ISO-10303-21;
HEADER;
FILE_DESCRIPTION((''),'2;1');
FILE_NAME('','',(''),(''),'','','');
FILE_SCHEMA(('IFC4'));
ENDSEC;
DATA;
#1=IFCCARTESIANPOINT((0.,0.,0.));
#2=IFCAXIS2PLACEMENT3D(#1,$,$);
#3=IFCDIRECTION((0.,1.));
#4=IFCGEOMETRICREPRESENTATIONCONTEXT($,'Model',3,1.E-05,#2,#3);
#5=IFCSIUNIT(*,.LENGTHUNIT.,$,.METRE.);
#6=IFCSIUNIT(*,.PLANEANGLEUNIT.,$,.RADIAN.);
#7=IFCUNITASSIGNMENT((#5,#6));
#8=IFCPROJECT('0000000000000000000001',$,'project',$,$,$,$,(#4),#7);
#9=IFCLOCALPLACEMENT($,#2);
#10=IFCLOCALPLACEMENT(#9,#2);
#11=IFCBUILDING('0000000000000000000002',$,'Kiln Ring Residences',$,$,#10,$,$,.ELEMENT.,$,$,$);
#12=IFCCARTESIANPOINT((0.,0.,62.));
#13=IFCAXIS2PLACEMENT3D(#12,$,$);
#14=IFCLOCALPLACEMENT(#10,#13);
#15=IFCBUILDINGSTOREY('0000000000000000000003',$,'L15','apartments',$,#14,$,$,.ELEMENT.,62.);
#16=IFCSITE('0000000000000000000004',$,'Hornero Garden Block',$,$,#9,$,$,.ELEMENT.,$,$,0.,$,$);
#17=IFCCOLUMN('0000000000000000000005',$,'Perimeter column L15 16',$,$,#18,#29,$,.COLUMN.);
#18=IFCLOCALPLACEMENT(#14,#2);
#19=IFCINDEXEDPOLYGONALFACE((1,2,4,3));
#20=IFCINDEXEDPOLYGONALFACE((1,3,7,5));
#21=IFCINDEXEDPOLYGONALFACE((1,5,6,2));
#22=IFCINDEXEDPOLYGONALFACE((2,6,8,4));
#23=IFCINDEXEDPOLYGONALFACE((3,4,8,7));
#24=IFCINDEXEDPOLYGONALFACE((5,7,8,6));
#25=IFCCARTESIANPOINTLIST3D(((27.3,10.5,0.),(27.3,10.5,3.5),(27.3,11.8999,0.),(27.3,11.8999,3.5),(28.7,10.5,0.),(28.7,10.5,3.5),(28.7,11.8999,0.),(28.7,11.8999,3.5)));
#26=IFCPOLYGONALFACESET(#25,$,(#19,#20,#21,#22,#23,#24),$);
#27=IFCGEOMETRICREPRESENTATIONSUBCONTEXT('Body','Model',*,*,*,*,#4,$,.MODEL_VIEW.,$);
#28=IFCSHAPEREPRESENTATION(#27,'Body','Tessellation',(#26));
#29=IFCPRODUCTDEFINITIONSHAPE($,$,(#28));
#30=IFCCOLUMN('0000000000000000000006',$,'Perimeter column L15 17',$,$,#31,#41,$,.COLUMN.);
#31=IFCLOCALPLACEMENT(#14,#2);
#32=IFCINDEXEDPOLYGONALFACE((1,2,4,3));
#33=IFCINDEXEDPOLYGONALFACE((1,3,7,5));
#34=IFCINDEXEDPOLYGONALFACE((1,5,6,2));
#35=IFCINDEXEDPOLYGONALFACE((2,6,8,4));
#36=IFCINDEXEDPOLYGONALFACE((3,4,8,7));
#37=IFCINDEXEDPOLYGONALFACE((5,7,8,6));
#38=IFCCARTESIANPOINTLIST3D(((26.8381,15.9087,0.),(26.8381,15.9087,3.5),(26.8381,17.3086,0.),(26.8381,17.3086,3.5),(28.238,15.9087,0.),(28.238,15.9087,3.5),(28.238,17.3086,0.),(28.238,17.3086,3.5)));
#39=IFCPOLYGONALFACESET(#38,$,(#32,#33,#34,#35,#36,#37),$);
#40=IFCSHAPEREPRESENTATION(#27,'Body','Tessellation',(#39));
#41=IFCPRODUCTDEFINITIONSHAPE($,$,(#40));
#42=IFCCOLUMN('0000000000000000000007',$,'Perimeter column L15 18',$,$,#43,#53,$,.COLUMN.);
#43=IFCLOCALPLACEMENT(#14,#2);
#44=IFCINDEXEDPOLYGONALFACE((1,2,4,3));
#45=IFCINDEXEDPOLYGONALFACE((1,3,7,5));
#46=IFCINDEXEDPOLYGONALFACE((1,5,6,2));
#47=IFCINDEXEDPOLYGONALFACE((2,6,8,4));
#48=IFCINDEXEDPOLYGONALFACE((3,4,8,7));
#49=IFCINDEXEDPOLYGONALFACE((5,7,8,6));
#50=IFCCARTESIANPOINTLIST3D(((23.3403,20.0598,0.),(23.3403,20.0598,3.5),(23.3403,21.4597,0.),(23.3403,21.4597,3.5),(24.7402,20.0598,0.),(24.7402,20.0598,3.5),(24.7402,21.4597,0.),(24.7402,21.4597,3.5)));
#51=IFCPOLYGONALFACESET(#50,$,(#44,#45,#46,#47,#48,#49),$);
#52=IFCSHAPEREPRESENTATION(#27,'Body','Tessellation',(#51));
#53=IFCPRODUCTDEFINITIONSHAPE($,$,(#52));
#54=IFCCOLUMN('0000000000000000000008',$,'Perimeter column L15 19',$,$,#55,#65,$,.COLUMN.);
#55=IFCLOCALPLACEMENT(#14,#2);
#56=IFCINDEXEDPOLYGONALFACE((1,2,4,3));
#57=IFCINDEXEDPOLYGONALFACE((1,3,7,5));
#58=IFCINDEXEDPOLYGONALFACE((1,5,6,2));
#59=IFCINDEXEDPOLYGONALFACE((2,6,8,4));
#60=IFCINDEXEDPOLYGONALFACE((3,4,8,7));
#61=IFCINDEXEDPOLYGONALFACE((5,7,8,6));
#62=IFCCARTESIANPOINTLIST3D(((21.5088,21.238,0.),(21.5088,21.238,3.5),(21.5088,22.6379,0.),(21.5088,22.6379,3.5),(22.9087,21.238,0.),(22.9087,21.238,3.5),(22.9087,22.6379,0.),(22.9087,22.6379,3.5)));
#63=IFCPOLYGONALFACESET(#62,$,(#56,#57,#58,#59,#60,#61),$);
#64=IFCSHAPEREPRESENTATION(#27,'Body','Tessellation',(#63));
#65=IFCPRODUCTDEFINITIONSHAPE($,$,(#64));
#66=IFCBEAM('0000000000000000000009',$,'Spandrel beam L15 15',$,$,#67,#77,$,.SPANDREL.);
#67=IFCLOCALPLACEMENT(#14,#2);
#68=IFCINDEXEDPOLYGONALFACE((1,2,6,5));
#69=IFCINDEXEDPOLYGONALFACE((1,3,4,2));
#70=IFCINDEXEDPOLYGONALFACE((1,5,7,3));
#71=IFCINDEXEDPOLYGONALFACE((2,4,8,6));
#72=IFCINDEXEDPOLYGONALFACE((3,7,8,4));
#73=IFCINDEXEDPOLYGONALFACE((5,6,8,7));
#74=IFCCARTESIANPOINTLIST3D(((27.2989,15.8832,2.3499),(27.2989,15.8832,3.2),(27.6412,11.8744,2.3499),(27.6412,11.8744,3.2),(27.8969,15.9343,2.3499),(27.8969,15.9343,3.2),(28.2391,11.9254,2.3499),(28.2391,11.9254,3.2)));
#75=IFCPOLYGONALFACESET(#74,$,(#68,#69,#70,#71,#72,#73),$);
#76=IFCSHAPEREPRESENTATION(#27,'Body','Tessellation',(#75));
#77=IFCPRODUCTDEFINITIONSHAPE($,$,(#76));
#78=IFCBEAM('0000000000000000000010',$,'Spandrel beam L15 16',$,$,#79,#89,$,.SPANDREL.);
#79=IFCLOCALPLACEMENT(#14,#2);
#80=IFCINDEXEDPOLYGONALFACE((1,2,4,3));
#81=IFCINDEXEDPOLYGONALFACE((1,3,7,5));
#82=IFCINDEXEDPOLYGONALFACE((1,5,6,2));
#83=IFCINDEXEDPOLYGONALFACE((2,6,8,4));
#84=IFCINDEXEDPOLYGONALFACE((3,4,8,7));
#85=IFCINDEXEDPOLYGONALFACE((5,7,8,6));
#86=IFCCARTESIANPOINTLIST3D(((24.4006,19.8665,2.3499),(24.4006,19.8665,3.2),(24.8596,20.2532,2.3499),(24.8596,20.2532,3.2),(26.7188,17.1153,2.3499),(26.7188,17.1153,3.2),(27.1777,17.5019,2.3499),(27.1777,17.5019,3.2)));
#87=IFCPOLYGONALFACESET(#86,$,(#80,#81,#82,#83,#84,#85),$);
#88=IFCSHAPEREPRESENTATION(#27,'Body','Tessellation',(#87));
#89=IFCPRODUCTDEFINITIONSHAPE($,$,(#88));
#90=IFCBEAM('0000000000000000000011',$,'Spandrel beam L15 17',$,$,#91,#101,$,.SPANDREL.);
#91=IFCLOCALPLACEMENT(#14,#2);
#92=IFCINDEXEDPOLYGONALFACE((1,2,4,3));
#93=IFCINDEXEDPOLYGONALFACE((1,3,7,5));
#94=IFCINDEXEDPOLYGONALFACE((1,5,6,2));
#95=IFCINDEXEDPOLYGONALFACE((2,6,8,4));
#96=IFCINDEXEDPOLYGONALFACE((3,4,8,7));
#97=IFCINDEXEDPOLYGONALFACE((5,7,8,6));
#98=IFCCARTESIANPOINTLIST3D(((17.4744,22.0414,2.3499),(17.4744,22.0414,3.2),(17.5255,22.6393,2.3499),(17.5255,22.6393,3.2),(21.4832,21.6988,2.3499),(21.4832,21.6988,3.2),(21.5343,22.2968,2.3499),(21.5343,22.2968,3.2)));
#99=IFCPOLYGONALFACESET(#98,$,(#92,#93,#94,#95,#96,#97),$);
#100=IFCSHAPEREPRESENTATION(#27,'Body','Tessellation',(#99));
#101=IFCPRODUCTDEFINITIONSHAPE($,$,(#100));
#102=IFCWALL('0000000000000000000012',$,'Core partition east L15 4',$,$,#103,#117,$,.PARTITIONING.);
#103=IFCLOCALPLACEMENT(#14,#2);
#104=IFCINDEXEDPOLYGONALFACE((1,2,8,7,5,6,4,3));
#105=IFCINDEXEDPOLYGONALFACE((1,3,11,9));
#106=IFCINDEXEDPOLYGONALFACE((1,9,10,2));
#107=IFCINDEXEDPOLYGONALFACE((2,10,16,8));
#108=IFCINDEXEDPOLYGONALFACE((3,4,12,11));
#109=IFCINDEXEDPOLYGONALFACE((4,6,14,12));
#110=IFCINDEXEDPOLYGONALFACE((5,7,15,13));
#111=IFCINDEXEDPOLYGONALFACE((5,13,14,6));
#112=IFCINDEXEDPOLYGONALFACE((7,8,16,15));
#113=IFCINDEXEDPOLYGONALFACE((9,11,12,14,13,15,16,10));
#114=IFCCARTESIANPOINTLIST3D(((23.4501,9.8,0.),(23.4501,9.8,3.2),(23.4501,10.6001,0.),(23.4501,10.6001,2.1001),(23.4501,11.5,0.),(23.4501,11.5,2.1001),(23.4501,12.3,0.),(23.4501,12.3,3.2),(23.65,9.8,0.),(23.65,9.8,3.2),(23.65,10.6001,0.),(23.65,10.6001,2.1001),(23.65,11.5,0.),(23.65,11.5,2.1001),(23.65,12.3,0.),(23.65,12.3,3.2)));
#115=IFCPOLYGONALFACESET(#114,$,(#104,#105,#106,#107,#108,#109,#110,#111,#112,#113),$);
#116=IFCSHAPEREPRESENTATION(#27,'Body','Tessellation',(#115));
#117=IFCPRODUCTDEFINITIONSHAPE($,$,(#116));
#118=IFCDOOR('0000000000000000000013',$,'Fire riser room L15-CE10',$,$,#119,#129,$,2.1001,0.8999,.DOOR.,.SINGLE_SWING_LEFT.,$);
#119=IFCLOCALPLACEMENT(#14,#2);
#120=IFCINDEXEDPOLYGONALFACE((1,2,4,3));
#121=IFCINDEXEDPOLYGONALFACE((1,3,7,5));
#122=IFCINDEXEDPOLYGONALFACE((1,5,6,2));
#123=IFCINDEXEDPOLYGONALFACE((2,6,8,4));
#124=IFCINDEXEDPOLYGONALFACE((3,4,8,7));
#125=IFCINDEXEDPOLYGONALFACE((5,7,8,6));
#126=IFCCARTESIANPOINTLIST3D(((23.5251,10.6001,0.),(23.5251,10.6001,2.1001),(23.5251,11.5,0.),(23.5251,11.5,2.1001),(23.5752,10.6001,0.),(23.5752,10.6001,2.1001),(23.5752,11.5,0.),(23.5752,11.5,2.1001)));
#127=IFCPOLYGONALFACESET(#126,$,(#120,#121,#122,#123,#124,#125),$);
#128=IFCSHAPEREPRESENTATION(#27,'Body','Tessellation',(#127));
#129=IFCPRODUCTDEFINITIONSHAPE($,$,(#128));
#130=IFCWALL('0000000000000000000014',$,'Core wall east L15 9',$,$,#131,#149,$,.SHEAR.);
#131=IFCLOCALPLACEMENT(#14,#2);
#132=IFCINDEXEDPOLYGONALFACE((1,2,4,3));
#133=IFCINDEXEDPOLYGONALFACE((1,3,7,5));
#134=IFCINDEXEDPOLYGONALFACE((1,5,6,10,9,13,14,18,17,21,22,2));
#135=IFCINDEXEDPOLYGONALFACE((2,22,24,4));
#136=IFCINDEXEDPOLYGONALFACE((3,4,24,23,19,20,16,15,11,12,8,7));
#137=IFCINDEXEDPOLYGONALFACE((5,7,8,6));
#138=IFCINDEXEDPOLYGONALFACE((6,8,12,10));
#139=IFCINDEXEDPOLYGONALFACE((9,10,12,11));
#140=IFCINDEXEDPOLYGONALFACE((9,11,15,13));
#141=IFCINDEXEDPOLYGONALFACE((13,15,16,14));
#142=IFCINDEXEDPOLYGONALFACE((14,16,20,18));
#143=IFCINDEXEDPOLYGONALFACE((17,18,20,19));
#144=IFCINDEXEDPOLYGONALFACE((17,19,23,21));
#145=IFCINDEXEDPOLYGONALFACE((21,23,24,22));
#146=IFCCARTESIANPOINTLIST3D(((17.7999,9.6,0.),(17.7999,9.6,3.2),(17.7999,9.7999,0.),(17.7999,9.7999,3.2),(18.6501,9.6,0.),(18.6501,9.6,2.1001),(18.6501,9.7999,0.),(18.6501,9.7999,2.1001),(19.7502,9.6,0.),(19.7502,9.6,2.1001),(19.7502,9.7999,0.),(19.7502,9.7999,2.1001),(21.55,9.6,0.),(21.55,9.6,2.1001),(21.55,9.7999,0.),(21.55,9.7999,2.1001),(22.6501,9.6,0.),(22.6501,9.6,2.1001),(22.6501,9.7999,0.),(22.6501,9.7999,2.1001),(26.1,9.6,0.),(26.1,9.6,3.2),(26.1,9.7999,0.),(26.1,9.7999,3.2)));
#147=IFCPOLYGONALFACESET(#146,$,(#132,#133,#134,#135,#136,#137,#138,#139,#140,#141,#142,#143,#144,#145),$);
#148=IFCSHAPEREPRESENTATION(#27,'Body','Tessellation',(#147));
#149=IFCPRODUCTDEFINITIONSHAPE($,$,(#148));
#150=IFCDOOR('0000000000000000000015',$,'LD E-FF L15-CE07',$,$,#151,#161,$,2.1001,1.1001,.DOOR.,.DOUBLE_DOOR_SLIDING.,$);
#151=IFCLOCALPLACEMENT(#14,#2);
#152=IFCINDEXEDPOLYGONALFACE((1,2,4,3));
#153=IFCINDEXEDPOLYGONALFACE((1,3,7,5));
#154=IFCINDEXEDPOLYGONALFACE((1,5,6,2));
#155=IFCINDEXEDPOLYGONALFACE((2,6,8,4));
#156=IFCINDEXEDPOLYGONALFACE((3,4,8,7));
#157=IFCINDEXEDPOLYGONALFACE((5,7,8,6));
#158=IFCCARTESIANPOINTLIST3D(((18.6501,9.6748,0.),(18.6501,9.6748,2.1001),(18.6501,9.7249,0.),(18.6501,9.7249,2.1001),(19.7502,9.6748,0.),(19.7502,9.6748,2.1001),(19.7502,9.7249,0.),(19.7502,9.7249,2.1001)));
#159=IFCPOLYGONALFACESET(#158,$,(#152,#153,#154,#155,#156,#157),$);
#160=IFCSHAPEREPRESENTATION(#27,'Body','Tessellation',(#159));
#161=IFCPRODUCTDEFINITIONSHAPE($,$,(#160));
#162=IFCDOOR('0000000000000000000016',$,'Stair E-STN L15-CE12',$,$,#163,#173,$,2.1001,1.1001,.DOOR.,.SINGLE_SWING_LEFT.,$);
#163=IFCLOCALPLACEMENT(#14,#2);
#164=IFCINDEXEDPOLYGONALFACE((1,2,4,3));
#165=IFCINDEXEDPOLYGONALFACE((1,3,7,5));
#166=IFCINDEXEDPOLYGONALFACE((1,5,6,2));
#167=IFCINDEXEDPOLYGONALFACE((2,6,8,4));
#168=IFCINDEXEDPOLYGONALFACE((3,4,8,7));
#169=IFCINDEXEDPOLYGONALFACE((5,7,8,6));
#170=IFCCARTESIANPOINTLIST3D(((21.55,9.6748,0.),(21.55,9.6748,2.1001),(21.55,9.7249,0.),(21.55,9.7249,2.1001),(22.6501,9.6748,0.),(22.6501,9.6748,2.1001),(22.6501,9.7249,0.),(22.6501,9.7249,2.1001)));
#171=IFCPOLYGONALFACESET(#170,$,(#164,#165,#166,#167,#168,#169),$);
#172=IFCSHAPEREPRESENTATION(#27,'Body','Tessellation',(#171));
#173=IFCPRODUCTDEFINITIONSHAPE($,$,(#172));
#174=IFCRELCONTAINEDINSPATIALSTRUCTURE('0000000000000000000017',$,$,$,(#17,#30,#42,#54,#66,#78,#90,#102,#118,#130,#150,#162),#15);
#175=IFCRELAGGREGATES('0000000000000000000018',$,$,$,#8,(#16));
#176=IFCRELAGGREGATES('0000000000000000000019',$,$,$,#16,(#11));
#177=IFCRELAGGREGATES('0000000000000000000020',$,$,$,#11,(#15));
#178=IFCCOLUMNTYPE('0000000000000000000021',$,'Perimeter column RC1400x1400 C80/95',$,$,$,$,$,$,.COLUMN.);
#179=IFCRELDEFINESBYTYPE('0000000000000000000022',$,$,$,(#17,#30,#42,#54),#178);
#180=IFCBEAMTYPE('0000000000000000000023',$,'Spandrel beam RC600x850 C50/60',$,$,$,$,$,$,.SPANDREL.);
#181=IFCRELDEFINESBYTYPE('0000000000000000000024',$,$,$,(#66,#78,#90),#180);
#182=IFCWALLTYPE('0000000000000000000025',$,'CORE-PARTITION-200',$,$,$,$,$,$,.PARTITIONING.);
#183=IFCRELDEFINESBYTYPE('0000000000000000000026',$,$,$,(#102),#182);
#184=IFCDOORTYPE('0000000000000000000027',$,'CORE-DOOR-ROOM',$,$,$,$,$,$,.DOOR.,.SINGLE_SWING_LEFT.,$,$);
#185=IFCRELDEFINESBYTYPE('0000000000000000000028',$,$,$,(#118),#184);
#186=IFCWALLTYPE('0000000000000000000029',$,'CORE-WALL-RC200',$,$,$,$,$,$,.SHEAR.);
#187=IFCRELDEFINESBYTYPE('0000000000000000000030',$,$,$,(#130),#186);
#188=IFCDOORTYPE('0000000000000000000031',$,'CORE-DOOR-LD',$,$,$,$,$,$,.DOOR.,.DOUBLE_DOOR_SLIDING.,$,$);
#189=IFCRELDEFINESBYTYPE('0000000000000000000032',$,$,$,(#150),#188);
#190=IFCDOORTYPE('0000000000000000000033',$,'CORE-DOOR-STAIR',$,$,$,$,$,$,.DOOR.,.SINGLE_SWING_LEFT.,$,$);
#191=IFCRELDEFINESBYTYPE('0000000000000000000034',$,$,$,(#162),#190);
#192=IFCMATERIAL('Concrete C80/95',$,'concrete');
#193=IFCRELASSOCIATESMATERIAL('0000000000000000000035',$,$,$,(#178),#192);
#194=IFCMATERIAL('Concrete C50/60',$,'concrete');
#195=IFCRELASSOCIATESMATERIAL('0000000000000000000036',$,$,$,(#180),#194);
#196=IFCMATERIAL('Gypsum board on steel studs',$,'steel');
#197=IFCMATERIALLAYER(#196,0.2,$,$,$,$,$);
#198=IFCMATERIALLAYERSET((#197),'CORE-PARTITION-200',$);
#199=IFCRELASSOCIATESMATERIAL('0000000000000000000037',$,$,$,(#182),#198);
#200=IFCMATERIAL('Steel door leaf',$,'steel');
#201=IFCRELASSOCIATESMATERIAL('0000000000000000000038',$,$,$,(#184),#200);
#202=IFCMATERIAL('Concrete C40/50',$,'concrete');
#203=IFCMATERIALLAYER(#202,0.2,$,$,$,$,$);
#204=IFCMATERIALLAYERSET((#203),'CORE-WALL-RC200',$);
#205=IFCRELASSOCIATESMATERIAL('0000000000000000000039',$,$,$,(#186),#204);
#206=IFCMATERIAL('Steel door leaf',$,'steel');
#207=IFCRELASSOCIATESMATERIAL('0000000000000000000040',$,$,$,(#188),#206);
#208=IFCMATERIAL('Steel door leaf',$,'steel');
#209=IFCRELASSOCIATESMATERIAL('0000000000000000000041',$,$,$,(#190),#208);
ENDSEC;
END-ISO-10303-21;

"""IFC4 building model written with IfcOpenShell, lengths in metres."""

from ifc_helpers import new_model, si_unit, direction, frame, frame_2d, origin, origin_2d, place, context, subcontext, project, spatial, rectangle, extrude, material, layer, layer_set, material_profile, profile_set, type_object, element, fill, save


model = new_model("IFC4")

# Units and contexts
model_context = context("Model", 3, precision=1e-05, world=origin(), true_north=direction((0.0, 1.0)))
body_context = subcontext(model_context, "Body", "Model", "MODEL_VIEW")
ifc_project = project(units=[si_unit("LENGTHUNIT", "METRE"), si_unit("PLANEANGLEUNIT", "RADIAN")], contexts=[model_context])

# Site, building, storey
site_placement = place(None, origin())
site = spatial("IfcSite", under=ifc_project, at=site_placement, Name="Hornero Garden Block", CompositionType="ELEMENT", RefElevation=0.0)
building_placement = place(site_placement, origin())
building = spatial("IfcBuilding", under=site, at=building_placement, Name="Kiln Ring Residences", CompositionType="ELEMENT")
storey_placement = place(building_placement, frame((0.0, 0.0, 62.0)))
storey = spatial("IfcBuildingStorey", under=building, at=storey_placement, Name="L15", Description="apartments", CompositionType="ELEMENT", Elevation=62.0)

# Columns
ifc_material_1 = material(Name="Concrete C80/95", Category="concrete")
ifc_material_profile_1 = material_profile(ifc_material_1, rectangle(XDim=1.3999, YDim=1.3999, at=origin_2d()), Name="RC1400x1400")
ifc_profile_set_1 = profile_set([ifc_material_profile_1], Name="Concrete C80/95")
column_type = type_object("IfcColumnType", Name="Perimeter column RC1400x1400 C80/95", PredefinedType="COLUMN", material=ifc_profile_set_1)
for number, where, z_axis, x_axis, name in (
    (1, (28.0, 11.2, 0.0), (0.0, 0.0, 1.0), (1.0, 0.0, 0.0), "Perimeter column L15 16"),
    (2, (27.5381, 16.6086, 0.0), (0.0, 0.0, 1.0), (1.0, 0.0, 0.0), "Perimeter column L15 17"),
    (3, (24.0403, 20.7598, 0.0), (0.0, 0.0, 1.0), (1.0, 0.0, 0.0), "Perimeter column L15 18"),
    (4, (22.2087, 21.938, 0.0), (0.0, 0.0, 1.0), (1.0, 0.0, 0.0), "Perimeter column L15 19"),
):
    element("IfcColumn", number, at=place(storey_placement, frame(where, z_axis=z_axis, x_axis=x_axis)), inside=storey, type_object=column_type, Name=name, PredefinedType="COLUMN", context=body_context, shape_type="SweptSolid", body=[
        extrude(rectangle(XDim=1.3999, YDim=1.3999, at=origin_2d()), origin(), (0.0, 0.0, 1.0), 3.5),
    ])

# Beams
ifc_material_2 = material(Name="Concrete C50/60", Category="concrete")
ifc_material_profile_2 = material_profile(ifc_material_2, rectangle(XDim=0.6001, YDim=0.8501, at=origin_2d()), Name="RC600x850")
ifc_profile_set_2 = profile_set([ifc_material_profile_2], Name="Concrete C50/60")
beam_type = type_object("IfcBeamType", Name="Spandrel beam RC600x850 C50/60", PredefinedType="SPANDREL", material=ifc_profile_set_2)
beam_1_placement = place(storey_placement, frame((27.9402, 11.8999, 2.7749), z_axis=(-0.085074, 0.996375, 0.0), x_axis=(-0.996375, -0.085074, 0.0)))
element("IfcBeam", 5, at=beam_1_placement, inside=storey, type_object=beam_type, Name="Spandrel beam L15 15", PredefinedType="SPANDREL", context=body_context, shape_type="SweptSolid", body=[
    extrude(rectangle(XDim=0.6001, YDim=0.8501, at=origin_2d()), origin(), (0.0, 0.0, 1.0), 4.0234),
])
beam_2_placement = place(storey_placement, frame((26.9482, 17.3086, 2.7749), z_axis=(-0.644347, 0.764733, 0.0), x_axis=(-0.764733, -0.644347, 0.0)))
element("IfcBeam", 6, at=beam_2_placement, inside=storey, type_object=beam_type, Name="Spandrel beam L15 16", PredefinedType="SPANDREL", context=body_context, shape_type="SweptSolid", body=[
    extrude(rectangle(XDim=0.6001, YDim=0.8501, at=origin_2d()), origin(), (0.0, 0.0, 1.0), 3.5977),
])
beam_3_placement = place(storey_placement, frame((21.5088, 21.9978, 2.7749), z_axis=(-0.996369, 0.085134, 0.0), x_axis=(-0.085134, -0.996369, 0.0)))
element("IfcBeam", 7, at=beam_3_placement, inside=storey, type_object=beam_type, Name="Spandrel beam L15 17", PredefinedType="SPANDREL", context=body_context, shape_type="SweptSolid", body=[
    extrude(rectangle(XDim=0.6001, YDim=0.8501, at=origin_2d()), origin(), (0.0, 0.0, 1.0), 4.0234),
])

# Wall, opening, door
ifc_material_3 = material(Name="Gypsum board on steel studs", Category="steel")
ifc_layer_1 = layer(ifc_material_3, 0.2)
ifc_layer_set_1 = layer_set([ifc_layer_1], Name="CORE-PARTITION-200")
wall_type_1 = type_object("IfcWallType", Name="CORE-PARTITION-200", PredefinedType="PARTITIONING", material=ifc_layer_set_1)
wall_1_placement = place(storey_placement, frame((23.55, 9.8, 0.0), z_axis=(0.0, 0.0, 1.0), x_axis=(0.0, 1.0, 0.0)))
wall_1 = element("IfcWall", 8, at=wall_1_placement, inside=storey, type_object=wall_type_1, Name="Core partition east L15 4", PredefinedType="PARTITIONING", context=body_context, shape_type="SweptSolid", body=[
    extrude(rectangle(XDim=2.5, YDim=0.2, at=frame_2d((1.25, 0.0))), origin(), (0.0, 0.0, 1.0), 3.2),
])
opening_1_placement = place(wall_1_placement, frame((0.8, 0.0, 0.0)))
opening_1 = element("IfcOpeningElement", 9, at=opening_1_placement, cuts=wall_1, PredefinedType="OPENING", context=body_context, shape_type="SweptSolid", body=[
    extrude(rectangle(XDim=0.8999, YDim=2.1001, at=frame_2d((0.45, 1.05))), frame((0.0, 0.1099, 0.0), z_axis=(0.0, -1.0, 0.0), x_axis=(1.0, 0.0, 0.0)), (0.0, 0.0, 1.0), 0.22),
])
ifc_material_4 = material(Name="Steel door leaf", Category="steel")
door_type_1 = type_object("IfcDoorType", Name="CORE-DOOR-ROOM", OperationType="SINGLE_SWING_LEFT", PredefinedType="DOOR", material=ifc_material_4)
door_1_placement = place(opening_1_placement, origin())
door_1 = element("IfcDoor", 10, at=door_1_placement, inside=storey, type_object=door_type_1, Name="Fire riser room L15-CE10", OperationType="SINGLE_SWING_LEFT", OverallHeight=2.1001, OverallWidth=0.8999, PredefinedType="DOOR", context=body_context, shape_type="SweptSolid", body=[
    extrude(rectangle(XDim=0.8999, YDim=2.1001, at=frame_2d((0.45, 1.05))), frame((0.0, 0.0249, 0.0), z_axis=(0.0, -1.0, 0.0), x_axis=(1.0, 0.0, 0.0)), (0.0, 0.0, 1.0), 0.05),
])
fill(opening_1, door_1)

# Wall, openings, doors
ifc_material_5 = material(Name="Concrete C40/50", Category="concrete")
ifc_layer_2 = layer(ifc_material_5, 0.2)
ifc_layer_set_2 = layer_set([ifc_layer_2], Name="CORE-WALL-RC200")
wall_type_2 = type_object("IfcWallType", Name="CORE-WALL-RC200", PredefinedType="SHEAR", material=ifc_layer_set_2)
wall_2_placement = place(storey_placement, frame((17.8, 9.7, 0.0), z_axis=(0.0, 0.0, 1.0), x_axis=(1.0, 0.0, 0.0)))
wall_2 = element("IfcWall", 11, at=wall_2_placement, inside=storey, type_object=wall_type_2, Name="Core wall east L15 9", PredefinedType="SHEAR", context=body_context, shape_type="SweptSolid", body=[
    extrude(rectangle(XDim=8.3, YDim=0.2, at=frame_2d((4.1499, 0.0))), origin(), (0.0, 0.0, 1.0), 3.2),
])
opening_2_placement = place(wall_2_placement, frame((0.8501, 0.0, 0.0)))
opening_2 = element("IfcOpeningElement", 12, at=opening_2_placement, cuts=wall_2, PredefinedType="OPENING", context=body_context, shape_type="SweptSolid", body=[
    extrude(rectangle(XDim=1.1001, YDim=2.1001, at=frame_2d((0.55, 1.05))), frame((0.0, 0.1099, 0.0), z_axis=(0.0, -1.0, 0.0), x_axis=(1.0, 0.0, 0.0)), (0.0, 0.0, 1.0), 0.22),
])
opening_3_placement = place(wall_2_placement, frame((3.75, 0.0, 0.0)))
opening_3 = element("IfcOpeningElement", 13, at=opening_3_placement, cuts=wall_2, PredefinedType="OPENING", context=body_context, shape_type="SweptSolid", body=[
    extrude(rectangle(XDim=1.1001, YDim=2.1001, at=frame_2d((0.55, 1.05))), frame((0.0, 0.1099, 0.0), z_axis=(0.0, -1.0, 0.0), x_axis=(1.0, 0.0, 0.0)), (0.0, 0.0, 1.0), 0.22),
])
ifc_material_6 = material(Name="Steel door leaf", Category="steel")
door_type_2 = type_object("IfcDoorType", Name="CORE-DOOR-LD", OperationType="DOUBLE_DOOR_SLIDING", PredefinedType="DOOR", material=ifc_material_6)
door_2_placement = place(opening_2_placement, origin())
door_2 = element("IfcDoor", 14, at=door_2_placement, inside=storey, type_object=door_type_2, Name="LD E-FF L15-CE07", OperationType="DOUBLE_DOOR_SLIDING", OverallHeight=2.1001, OverallWidth=1.1001, PredefinedType="DOOR", context=body_context, shape_type="SweptSolid", body=[
    extrude(rectangle(XDim=1.1001, YDim=2.1001, at=frame_2d((0.55, 1.05))), frame((0.0, 0.0249, 0.0), z_axis=(0.0, -1.0, 0.0), x_axis=(1.0, 0.0, 0.0)), (0.0, 0.0, 1.0), 0.05),
])
fill(opening_2, door_2)
ifc_material_7 = material(Name="Steel door leaf", Category="steel")
door_type_3 = type_object("IfcDoorType", Name="CORE-DOOR-STAIR", OperationType="SINGLE_SWING_LEFT", PredefinedType="DOOR", material=ifc_material_7)
door_3_placement = place(opening_3_placement, origin())
door_3 = element("IfcDoor", 15, at=door_3_placement, inside=storey, type_object=door_type_3, Name="Stair E-STN L15-CE12", OperationType="SINGLE_SWING_LEFT", OverallHeight=2.1001, OverallWidth=1.1001, PredefinedType="DOOR", context=body_context, shape_type="SweptSolid", body=[
    extrude(rectangle(XDim=1.1001, YDim=2.1001, at=frame_2d((0.55, 1.05))), frame((0.0, 0.0249, 0.0), z_axis=(0.0, -1.0, 0.0), x_axis=(1.0, 0.0, 0.0)), (0.0, 0.0, 1.0), 0.05),
])
fill(opening_3, door_3)

save(model, "model.ifc")
